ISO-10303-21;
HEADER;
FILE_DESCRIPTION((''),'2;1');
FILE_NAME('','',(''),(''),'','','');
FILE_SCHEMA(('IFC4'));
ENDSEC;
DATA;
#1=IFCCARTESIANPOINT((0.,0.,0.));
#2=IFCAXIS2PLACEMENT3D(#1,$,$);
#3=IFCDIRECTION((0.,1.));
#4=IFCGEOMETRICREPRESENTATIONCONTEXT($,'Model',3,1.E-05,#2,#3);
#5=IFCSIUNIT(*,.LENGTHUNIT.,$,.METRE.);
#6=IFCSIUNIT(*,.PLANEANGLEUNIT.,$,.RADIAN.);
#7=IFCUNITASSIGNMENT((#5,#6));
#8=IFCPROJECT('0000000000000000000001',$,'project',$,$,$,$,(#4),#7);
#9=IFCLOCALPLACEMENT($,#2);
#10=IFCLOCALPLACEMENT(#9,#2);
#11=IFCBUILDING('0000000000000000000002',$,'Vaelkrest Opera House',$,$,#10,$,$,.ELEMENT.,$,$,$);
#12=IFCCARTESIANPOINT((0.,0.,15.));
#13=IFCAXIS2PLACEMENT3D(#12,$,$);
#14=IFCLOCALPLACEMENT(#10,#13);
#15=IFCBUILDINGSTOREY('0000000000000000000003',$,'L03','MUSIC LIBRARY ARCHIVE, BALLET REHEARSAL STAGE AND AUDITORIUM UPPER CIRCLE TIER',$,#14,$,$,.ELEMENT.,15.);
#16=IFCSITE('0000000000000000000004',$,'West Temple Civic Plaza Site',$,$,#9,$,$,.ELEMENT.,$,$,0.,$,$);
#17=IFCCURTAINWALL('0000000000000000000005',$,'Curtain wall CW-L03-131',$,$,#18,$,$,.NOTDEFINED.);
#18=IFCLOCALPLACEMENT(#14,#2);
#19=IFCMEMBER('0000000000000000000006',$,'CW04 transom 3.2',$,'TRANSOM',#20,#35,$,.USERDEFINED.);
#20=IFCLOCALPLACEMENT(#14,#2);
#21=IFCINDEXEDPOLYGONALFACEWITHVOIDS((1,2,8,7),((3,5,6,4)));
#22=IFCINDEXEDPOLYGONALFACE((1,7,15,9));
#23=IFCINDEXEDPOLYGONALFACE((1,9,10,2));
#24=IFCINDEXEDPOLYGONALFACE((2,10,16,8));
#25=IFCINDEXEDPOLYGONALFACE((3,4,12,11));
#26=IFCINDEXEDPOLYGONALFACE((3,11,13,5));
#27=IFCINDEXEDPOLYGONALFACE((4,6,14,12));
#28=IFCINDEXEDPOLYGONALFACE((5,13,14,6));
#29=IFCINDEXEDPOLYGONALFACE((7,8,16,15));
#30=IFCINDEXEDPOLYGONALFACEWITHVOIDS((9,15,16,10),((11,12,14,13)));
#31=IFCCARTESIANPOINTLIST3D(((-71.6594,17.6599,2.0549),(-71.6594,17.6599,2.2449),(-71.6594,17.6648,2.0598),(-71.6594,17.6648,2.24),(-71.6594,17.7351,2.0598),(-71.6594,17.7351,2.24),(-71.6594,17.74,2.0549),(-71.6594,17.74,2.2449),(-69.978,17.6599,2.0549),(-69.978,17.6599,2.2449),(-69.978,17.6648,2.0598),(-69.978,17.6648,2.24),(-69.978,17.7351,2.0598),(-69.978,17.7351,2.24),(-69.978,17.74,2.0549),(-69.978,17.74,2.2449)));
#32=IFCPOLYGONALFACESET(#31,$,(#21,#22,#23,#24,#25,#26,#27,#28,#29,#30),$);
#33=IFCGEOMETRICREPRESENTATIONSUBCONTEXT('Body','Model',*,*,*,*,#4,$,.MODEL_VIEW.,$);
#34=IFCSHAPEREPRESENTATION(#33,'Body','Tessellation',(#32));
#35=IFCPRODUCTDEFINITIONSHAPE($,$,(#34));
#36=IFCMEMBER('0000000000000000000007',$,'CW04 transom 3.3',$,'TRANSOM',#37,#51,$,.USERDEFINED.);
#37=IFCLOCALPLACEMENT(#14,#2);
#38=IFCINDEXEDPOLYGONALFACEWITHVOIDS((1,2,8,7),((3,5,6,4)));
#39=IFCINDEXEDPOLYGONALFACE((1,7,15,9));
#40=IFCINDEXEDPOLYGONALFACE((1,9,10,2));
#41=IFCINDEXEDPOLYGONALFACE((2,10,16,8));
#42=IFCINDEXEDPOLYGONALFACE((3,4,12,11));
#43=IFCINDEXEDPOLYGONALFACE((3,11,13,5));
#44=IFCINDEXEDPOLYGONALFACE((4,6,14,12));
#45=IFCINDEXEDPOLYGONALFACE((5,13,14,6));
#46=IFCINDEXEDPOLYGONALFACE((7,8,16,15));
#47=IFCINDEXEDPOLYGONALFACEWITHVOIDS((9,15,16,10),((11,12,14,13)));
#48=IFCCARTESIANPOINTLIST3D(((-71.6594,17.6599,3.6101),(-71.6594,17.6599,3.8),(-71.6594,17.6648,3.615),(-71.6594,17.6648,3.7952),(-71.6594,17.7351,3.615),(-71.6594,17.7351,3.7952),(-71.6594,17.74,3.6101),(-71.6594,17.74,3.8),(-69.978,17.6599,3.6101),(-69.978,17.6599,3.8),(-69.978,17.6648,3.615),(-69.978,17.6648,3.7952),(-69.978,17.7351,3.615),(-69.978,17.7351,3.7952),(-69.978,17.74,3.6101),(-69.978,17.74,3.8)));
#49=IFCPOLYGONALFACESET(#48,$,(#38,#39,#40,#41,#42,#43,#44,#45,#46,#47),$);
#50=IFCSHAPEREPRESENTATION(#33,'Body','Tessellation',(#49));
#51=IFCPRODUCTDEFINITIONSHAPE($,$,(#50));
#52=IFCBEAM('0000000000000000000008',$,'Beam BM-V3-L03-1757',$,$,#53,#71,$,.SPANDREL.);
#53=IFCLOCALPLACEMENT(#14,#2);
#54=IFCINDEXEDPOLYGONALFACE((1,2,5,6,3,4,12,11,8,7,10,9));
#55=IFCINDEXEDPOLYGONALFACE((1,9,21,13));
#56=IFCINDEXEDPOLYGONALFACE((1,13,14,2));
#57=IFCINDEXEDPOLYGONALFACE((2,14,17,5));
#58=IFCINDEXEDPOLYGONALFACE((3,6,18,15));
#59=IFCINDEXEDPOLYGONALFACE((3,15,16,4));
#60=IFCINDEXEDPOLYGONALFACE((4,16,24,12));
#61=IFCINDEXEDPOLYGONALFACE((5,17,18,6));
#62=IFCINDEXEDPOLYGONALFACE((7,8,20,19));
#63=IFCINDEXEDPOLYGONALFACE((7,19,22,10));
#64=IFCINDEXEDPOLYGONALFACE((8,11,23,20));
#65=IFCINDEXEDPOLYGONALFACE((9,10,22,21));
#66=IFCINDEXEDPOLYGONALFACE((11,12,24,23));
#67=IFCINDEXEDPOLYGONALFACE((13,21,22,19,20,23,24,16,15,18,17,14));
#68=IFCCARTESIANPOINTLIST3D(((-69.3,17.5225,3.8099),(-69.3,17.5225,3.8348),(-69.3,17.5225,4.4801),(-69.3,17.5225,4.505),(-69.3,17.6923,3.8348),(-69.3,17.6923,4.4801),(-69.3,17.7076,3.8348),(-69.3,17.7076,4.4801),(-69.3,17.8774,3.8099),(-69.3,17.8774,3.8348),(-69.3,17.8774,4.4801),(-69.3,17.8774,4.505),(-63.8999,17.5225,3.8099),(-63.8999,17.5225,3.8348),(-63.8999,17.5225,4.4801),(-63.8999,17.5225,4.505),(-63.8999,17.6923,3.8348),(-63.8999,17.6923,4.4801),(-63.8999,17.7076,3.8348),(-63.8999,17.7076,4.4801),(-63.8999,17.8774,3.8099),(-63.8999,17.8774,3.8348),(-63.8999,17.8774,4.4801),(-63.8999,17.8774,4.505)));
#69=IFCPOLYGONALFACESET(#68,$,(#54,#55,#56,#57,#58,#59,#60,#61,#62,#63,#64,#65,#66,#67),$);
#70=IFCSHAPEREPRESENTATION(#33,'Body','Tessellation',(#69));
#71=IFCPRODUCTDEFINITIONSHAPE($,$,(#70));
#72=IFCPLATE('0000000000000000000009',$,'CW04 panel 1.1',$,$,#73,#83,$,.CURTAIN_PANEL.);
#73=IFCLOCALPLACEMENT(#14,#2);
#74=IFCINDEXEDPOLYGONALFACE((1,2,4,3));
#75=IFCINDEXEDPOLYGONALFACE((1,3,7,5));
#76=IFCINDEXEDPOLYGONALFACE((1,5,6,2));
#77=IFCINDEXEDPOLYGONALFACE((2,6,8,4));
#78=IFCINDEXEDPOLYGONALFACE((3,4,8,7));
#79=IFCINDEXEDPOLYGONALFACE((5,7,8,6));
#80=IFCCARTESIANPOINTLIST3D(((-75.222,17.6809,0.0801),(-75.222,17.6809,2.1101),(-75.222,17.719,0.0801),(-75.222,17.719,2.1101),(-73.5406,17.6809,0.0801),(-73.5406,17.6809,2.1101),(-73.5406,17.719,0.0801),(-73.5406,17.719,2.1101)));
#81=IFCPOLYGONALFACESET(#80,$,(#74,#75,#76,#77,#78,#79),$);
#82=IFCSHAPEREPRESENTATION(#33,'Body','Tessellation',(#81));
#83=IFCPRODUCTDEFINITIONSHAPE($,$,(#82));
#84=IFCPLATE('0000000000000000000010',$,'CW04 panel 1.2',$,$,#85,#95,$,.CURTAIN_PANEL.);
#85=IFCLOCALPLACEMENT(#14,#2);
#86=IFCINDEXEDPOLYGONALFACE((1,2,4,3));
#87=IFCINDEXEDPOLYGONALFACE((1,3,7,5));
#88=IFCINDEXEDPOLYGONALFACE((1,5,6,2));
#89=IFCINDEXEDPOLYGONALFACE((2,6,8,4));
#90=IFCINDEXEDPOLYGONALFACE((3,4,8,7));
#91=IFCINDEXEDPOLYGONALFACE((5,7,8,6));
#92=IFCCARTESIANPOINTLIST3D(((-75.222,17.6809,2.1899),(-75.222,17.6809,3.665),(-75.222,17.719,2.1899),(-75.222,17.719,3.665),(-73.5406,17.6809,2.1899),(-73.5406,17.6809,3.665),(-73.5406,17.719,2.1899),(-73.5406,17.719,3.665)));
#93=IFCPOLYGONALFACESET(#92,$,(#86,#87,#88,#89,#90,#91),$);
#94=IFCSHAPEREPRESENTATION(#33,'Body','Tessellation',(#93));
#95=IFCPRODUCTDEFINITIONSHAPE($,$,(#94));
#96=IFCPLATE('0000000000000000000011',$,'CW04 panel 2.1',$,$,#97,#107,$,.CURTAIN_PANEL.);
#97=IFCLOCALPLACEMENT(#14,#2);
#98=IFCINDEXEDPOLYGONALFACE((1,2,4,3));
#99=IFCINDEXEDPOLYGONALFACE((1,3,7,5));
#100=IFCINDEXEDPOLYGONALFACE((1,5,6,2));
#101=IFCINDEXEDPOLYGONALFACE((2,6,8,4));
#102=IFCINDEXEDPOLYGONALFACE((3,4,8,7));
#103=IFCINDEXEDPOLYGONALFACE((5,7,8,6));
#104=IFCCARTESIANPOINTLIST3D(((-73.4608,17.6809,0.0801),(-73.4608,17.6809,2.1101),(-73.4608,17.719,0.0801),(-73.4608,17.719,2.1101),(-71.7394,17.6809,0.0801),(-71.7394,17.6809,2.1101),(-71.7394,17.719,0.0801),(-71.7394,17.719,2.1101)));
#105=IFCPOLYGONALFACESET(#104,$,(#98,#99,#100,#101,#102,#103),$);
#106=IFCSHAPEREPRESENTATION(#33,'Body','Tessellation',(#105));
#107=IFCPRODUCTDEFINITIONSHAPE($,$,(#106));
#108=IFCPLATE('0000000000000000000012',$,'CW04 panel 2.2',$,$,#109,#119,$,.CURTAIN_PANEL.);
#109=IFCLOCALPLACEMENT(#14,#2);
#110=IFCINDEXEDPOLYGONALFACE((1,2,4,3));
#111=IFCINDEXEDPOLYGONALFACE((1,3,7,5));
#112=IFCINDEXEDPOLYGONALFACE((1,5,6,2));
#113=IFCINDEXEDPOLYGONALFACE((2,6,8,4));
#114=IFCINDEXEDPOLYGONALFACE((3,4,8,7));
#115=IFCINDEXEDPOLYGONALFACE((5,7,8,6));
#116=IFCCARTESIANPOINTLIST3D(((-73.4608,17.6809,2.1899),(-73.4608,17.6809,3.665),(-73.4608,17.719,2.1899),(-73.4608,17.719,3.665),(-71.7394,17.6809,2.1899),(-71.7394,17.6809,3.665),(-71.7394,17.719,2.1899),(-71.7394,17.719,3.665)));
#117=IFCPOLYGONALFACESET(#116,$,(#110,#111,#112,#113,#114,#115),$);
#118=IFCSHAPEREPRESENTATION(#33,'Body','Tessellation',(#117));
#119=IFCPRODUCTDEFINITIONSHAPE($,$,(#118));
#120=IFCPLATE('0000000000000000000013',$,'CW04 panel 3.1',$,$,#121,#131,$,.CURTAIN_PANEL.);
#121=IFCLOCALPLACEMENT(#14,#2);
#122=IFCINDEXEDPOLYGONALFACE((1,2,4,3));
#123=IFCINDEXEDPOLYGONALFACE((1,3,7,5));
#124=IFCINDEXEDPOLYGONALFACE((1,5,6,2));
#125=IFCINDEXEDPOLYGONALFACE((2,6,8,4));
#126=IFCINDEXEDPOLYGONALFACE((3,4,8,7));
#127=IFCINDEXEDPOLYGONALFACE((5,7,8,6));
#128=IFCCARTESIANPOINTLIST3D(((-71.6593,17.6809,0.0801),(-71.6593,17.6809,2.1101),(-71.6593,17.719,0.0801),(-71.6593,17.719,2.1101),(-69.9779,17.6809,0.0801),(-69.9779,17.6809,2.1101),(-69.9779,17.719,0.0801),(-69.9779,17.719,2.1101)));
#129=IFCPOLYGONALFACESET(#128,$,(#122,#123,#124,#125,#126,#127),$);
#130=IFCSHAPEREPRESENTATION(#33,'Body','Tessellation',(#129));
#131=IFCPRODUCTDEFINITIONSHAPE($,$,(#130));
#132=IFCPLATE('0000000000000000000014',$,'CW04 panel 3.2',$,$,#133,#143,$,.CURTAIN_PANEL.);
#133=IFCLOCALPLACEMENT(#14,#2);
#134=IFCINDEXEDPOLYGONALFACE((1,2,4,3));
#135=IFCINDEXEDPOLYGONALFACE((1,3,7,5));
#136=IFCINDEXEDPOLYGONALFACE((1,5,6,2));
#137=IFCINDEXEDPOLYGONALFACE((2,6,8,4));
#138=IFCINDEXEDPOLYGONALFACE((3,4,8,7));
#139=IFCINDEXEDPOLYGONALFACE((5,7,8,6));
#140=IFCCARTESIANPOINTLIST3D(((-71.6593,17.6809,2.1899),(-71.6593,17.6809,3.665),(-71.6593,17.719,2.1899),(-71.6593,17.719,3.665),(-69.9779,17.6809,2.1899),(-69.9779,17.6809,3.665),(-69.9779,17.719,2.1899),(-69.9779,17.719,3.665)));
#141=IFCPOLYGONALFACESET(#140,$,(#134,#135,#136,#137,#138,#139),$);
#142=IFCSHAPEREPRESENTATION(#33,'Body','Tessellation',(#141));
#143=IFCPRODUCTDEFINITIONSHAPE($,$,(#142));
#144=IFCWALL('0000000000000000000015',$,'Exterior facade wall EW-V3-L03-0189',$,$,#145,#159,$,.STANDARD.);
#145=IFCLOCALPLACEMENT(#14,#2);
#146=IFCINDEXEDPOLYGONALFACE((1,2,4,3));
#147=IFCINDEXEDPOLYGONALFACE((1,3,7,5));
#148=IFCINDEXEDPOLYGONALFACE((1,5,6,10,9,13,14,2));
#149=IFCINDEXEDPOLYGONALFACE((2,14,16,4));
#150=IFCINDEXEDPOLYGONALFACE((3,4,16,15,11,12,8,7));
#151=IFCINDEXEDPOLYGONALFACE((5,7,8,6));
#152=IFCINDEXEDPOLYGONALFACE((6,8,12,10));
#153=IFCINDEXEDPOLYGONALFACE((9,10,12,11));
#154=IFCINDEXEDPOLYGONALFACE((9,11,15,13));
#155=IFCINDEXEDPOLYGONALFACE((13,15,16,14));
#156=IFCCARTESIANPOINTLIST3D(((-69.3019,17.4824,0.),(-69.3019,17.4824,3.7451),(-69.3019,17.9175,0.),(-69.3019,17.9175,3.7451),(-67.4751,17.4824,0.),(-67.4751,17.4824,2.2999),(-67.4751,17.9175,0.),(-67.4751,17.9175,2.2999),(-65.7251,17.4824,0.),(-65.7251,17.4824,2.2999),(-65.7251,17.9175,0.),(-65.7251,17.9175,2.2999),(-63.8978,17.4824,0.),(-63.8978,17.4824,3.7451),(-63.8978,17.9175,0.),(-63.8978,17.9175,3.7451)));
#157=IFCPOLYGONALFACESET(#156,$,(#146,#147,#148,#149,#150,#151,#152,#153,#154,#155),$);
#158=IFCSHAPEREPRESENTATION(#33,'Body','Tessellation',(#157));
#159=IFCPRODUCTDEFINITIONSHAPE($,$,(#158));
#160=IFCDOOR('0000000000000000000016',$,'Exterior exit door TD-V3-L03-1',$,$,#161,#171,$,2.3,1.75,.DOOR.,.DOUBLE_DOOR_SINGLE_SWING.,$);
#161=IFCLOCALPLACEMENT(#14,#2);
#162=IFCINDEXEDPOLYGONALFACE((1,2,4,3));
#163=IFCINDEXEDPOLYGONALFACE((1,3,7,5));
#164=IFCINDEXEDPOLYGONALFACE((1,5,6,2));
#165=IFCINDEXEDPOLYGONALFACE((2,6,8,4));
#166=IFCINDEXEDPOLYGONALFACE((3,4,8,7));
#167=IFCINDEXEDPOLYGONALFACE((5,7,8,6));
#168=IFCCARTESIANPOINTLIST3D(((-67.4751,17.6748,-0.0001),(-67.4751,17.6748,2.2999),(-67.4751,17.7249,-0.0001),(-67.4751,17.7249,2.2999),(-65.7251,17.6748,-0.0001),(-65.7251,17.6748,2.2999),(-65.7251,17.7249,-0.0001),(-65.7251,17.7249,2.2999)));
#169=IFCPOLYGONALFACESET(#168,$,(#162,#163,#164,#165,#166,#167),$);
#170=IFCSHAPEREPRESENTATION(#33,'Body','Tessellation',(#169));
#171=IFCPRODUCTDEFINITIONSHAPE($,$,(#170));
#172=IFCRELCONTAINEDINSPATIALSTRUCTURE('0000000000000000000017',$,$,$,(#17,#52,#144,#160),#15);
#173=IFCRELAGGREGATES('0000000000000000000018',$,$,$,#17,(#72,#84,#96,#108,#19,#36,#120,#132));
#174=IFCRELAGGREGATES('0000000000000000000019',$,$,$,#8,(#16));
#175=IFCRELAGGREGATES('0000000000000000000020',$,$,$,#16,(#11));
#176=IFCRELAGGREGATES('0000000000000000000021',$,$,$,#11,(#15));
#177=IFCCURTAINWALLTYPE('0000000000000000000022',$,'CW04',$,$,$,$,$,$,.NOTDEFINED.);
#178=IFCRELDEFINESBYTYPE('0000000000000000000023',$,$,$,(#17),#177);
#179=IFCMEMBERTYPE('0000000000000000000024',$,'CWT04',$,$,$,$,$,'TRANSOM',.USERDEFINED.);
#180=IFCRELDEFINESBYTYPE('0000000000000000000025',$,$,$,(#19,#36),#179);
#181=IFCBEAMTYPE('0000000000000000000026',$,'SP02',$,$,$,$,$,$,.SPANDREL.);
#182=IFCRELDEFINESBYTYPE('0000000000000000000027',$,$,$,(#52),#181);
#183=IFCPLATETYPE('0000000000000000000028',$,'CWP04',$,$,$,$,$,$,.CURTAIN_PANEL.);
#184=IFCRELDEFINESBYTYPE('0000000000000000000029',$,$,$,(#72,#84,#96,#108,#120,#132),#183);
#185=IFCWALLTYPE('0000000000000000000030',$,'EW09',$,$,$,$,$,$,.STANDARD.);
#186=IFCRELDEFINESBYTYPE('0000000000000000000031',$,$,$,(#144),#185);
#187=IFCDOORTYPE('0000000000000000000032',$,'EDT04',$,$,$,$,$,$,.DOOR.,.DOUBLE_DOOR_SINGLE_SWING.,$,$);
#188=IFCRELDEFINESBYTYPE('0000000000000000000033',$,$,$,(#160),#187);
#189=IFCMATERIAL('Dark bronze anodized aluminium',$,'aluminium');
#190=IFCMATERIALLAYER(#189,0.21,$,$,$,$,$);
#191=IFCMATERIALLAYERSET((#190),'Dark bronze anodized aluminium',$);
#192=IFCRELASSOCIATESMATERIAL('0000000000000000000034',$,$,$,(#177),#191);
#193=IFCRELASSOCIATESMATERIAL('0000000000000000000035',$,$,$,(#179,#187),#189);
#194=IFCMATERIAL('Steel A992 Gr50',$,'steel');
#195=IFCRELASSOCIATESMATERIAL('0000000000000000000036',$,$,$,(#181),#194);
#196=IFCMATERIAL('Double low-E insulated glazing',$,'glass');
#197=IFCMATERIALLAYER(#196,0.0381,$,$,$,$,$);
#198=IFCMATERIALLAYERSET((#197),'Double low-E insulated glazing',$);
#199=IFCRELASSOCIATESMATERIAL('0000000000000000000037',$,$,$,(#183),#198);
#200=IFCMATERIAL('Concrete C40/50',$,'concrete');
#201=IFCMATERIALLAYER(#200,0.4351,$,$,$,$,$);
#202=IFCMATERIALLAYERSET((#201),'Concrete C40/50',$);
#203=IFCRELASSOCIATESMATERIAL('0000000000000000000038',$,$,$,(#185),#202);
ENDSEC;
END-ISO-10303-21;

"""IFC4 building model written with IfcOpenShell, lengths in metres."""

from ifc_helpers import new_model, si_unit, direction, frame, frame_2d, origin, origin_2d, place, context, subcontext, project, spatial, rectangle, hollow_rectangle, i_section, extrude, material, layer, layer_set, material_profile, profile_set, type_object, element, fill, aggregate, save


model = new_model("IFC4")

# Units and contexts
model_context = context("Model", 3, precision=1e-05, world=origin(), true_north=direction((0.0, 1.0)))
body_context = subcontext(model_context, "Body", "Model", "MODEL_VIEW")
ifc_project = project(units=[si_unit("LENGTHUNIT", "METRE"), si_unit("PLANEANGLEUNIT", "RADIAN")], contexts=[model_context])

# Site, building, storey
site_placement = place(None, origin())
site = spatial("IfcSite", under=ifc_project, at=site_placement, Name="West Temple Civic Plaza Site", CompositionType="ELEMENT", RefElevation=0.0)
building_placement = place(site_placement, origin())
building = spatial("IfcBuilding", under=site, at=building_placement, Name="Vaelkrest Opera House", CompositionType="ELEMENT")
storey_placement = place(building_placement, frame((0.0, 0.0, 15.0)))
storey = spatial("IfcBuildingStorey", under=building, at=storey_placement, Name="L03", Description="MUSIC LIBRARY ARCHIVE, BALLET REHEARSAL STAGE AND AUDITORIUM UPPER CIRCLE TIER", CompositionType="ELEMENT", Elevation=15.0)

# Curtain wall, members
ifc_material_1 = material(Name="Dark bronze anodized aluminium", Category="aluminium")
ifc_layer_1 = layer(ifc_material_1, 0.21)
ifc_layer_set_1 = layer_set([ifc_layer_1], Name="Dark bronze anodized aluminium")
curtain_wall_type = type_object("IfcCurtainWallType", Name="CW04", PredefinedType="NOTDEFINED", material=ifc_layer_set_1)
curtain_wall_placement = place(storey_placement, origin())
curtain_wall = element("IfcCurtainWall", 1, at=curtain_wall_placement, inside=storey, type_object=curtain_wall_type, Name="Curtain wall CW-L03-131", PredefinedType="NOTDEFINED")
ifc_material_profile_1 = material_profile(ifc_material_1, hollow_rectangle(XDim=0.0801, YDim=0.1899, WallThickness=0.0049, at=origin_2d()), Name="CWT80X190")
ifc_profile_set_1 = profile_set([ifc_material_profile_1], Name="Dark bronze anodized aluminium")
member_type_1 = type_object("IfcMemberType", Name="CWT04", ElementType="TRANSOM", PredefinedType="USERDEFINED", material=ifc_profile_set_1)
member_1_placement = place(storey_placement, frame((-71.6594, 17.7, 2.1499), z_axis=(1.0, 0.0, 0.0), x_axis=(0.0, 1.0, 0.0)))
member_1 = element("IfcMember", 2, at=member_1_placement, type_object=member_type_1, Name="CW04 transom 3.2", ObjectType="TRANSOM", PredefinedType="USERDEFINED", context=body_context, shape_type="SweptSolid", body=[
    extrude(hollow_rectangle(XDim=0.0801, YDim=0.1899, WallThickness=0.0049, at=origin_2d()), origin(), (0.0, 0.0, 1.0), 1.6814),
])
member_2_placement = place(storey_placement, frame((-71.6594, 17.7, 3.7051), z_axis=(1.0, 0.0, 0.0), x_axis=(0.0, 1.0, 0.0)))
member_2 = element("IfcMember", 3, at=member_2_placement, type_object=member_type_1, Name="CW04 transom 3.3", ObjectType="TRANSOM", PredefinedType="USERDEFINED", context=body_context, shape_type="SweptSolid", body=[
    extrude(hollow_rectangle(XDim=0.0801, YDim=0.1899, WallThickness=0.0049, at=origin_2d()), origin(), (0.0, 0.0, 1.0), 1.6814),
])

# Beam
ifc_material_2 = material(Name="Steel A992 Gr50", Category="steel")
ifc_material_profile_2 = material_profile(ifc_material_2, i_section(OverallWidth=0.355, OverallDepth=0.6951, WebThickness=0.0154, FlangeThickness=0.0249, at=origin_2d()), Name="W27X146")
ifc_profile_set_2 = profile_set([ifc_material_profile_2], Name="Steel A992 Gr50")
beam_type = type_object("IfcBeamType", Name="SP02", PredefinedType="SPANDREL", material=ifc_profile_set_2)
beam_placement = place(storey_placement, frame((-69.3, 17.7, 4.1575), z_axis=(1.0, 0.0, 0.0), x_axis=(0.0, 1.0, 0.0)))
element("IfcBeam", 4, at=beam_placement, inside=storey, type_object=beam_type, Name="Beam BM-V3-L03-1757", PredefinedType="SPANDREL", context=body_context, shape_type="SweptSolid", body=[
    extrude(i_section(OverallWidth=0.355, OverallDepth=0.6951, WebThickness=0.0154, FlangeThickness=0.0249, at=origin_2d()), origin(), (0.0, 0.0, 1.0), 5.4001),
])

# Plates
ifc_material_3 = material(Name="Double low-E insulated glazing", Category="glass")
ifc_layer_2 = layer(ifc_material_3, 0.0381)
ifc_layer_set_2 = layer_set([ifc_layer_2], Name="Double low-E insulated glazing")
plate_type = type_object("IfcPlateType", Name="CWP04", PredefinedType="CURTAIN_PANEL", material=ifc_layer_set_2)
plate_1_placement = place(storey_placement, frame((-74.3813, 17.7, 0.0801), z_axis=(0.0, 0.0, 1.0), x_axis=(1.0, 0.0, 0.0)))
plate_1 = element("IfcPlate", 5, at=plate_1_placement, type_object=plate_type, Name="CW04 panel 1.1", PredefinedType="CURTAIN_PANEL", context=body_context, shape_type="SweptSolid", body=[
    extrude(rectangle(XDim=1.6814, YDim=0.0381, at=origin_2d()), origin(), (0.0, 0.0, 1.0), 2.03),
])
plate_2_placement = place(storey_placement, frame((-74.3813, 17.7, 2.1899), z_axis=(0.0, 0.0, 1.0), x_axis=(1.0, 0.0, 0.0)))
plate_2 = element("IfcPlate", 6, at=plate_2_placement, type_object=plate_type, Name="CW04 panel 1.2", PredefinedType="CURTAIN_PANEL", context=body_context, shape_type="SweptSolid", body=[
    extrude(rectangle(XDim=1.6814, YDim=0.0381, at=origin_2d()), origin(), (0.0, 0.0, 1.0), 1.4751),
])
plate_3_placement = place(storey_placement, frame((-72.6001, 17.7, 0.0801), z_axis=(0.0, 0.0, 1.0), x_axis=(1.0, 0.0, 0.0)))
plate_3 = element("IfcPlate", 7, at=plate_3_placement, type_object=plate_type, Name="CW04 panel 2.1", PredefinedType="CURTAIN_PANEL", context=body_context, shape_type="SweptSolid", body=[
    extrude(rectangle(XDim=1.7214, YDim=0.0381, at=origin_2d()), origin(), (0.0, 0.0, 1.0), 2.03),
])
plate_4_placement = place(storey_placement, frame((-72.6001, 17.7, 2.1899), z_axis=(0.0, 0.0, 1.0), x_axis=(1.0, 0.0, 0.0)))
plate_4 = element("IfcPlate", 8, at=plate_4_placement, type_object=plate_type, Name="CW04 panel 2.2", PredefinedType="CURTAIN_PANEL", context=body_context, shape_type="SweptSolid", body=[
    extrude(rectangle(XDim=1.7214, YDim=0.0381, at=origin_2d()), origin(), (0.0, 0.0, 1.0), 1.4751),
])
plate_5_placement = place(storey_placement, frame((-70.8186, 17.7, 0.0801), z_axis=(0.0, 0.0, 1.0), x_axis=(1.0, 0.0, 0.0)))
plate_5 = element("IfcPlate", 9, at=plate_5_placement, type_object=plate_type, Name="CW04 panel 3.1", PredefinedType="CURTAIN_PANEL", context=body_context, shape_type="SweptSolid", body=[
    extrude(rectangle(XDim=1.6814, YDim=0.0381, at=origin_2d()), origin(), (0.0, 0.0, 1.0), 2.03),
])
plate_6_placement = place(storey_placement, frame((-70.8186, 17.7, 2.1899), z_axis=(0.0, 0.0, 1.0), x_axis=(1.0, 0.0, 0.0)))
plate_6 = element("IfcPlate", 10, at=plate_6_placement, type_object=plate_type, Name="CW04 panel 3.2", PredefinedType="CURTAIN_PANEL", context=body_context, shape_type="SweptSolid", body=[
    extrude(rectangle(XDim=1.6814, YDim=0.0381, at=origin_2d()), origin(), (0.0, 0.0, 1.0), 1.4751),
])
aggregate(curtain_wall, [plate_1, plate_2, plate_3, plate_4, member_1, member_2, plate_5, plate_6])

# Wall, opening, door
ifc_material_4 = material(Name="Concrete C40/50", Category="concrete")
ifc_layer_3 = layer(ifc_material_4, 0.4351)
ifc_layer_set_3 = layer_set([ifc_layer_3], Name="Concrete C40/50")
wall_type = type_object("IfcWallType", Name="EW09", PredefinedType="STANDARD", material=ifc_layer_set_3)
wall_placement = place(storey_placement, frame((-69.302, 17.7, 0.0), z_axis=(0.0, 0.0, 1.0), x_axis=(1.0, 0.0, 0.0)))
wall = element("IfcWall", 11, at=wall_placement, inside=storey, type_object=wall_type, Name="Exterior facade wall EW-V3-L03-0189", PredefinedType="STANDARD", context=body_context, shape_type="SweptSolid", body=[
    extrude(rectangle(XDim=5.4041, YDim=0.4351, at=frame_2d((2.7021, 0.0))), origin(), (0.0, 0.0, 1.0), 3.7451),
])
opening_placement = place(wall_placement, frame((1.8269, 0.0, 0.0)))
opening = element("IfcOpeningElement", 12, at=opening_placement, cuts=wall, PredefinedType="OPENING", context=body_context, shape_type="SweptSolid", body=[
    extrude(rectangle(XDim=1.75, YDim=2.3, at=frame_2d((0.875, 1.1499))), frame((0.0, 0.2275, 0.0), z_axis=(0.0, -1.0, 0.0), x_axis=(1.0, 0.0, 0.0)), (0.0, 0.0, 1.0), 0.4551),
])
door_type = type_object("IfcDoorType", Name="EDT04", OperationType="DOUBLE_DOOR_SINGLE_SWING", PredefinedType="DOOR", material=ifc_material_1)
door_placement = place(opening_placement, origin())
door = element("IfcDoor", 13, at=door_placement, inside=storey, type_object=door_type, Name="Exterior exit door TD-V3-L03-1", OperationType="DOUBLE_DOOR_SINGLE_SWING", OverallHeight=2.3, OverallWidth=1.75, PredefinedType="DOOR", context=body_context, shape_type="SweptSolid", body=[
    extrude(rectangle(XDim=1.75, YDim=2.3, at=frame_2d((0.875, 1.1499))), frame((0.0, 0.0249, 0.0), z_axis=(0.0, -1.0, 0.0), x_axis=(1.0, 0.0, 0.0)), (0.0, 0.0, 1.0), 0.05),
])
fill(opening, door)

save(model, "model.ifc")
